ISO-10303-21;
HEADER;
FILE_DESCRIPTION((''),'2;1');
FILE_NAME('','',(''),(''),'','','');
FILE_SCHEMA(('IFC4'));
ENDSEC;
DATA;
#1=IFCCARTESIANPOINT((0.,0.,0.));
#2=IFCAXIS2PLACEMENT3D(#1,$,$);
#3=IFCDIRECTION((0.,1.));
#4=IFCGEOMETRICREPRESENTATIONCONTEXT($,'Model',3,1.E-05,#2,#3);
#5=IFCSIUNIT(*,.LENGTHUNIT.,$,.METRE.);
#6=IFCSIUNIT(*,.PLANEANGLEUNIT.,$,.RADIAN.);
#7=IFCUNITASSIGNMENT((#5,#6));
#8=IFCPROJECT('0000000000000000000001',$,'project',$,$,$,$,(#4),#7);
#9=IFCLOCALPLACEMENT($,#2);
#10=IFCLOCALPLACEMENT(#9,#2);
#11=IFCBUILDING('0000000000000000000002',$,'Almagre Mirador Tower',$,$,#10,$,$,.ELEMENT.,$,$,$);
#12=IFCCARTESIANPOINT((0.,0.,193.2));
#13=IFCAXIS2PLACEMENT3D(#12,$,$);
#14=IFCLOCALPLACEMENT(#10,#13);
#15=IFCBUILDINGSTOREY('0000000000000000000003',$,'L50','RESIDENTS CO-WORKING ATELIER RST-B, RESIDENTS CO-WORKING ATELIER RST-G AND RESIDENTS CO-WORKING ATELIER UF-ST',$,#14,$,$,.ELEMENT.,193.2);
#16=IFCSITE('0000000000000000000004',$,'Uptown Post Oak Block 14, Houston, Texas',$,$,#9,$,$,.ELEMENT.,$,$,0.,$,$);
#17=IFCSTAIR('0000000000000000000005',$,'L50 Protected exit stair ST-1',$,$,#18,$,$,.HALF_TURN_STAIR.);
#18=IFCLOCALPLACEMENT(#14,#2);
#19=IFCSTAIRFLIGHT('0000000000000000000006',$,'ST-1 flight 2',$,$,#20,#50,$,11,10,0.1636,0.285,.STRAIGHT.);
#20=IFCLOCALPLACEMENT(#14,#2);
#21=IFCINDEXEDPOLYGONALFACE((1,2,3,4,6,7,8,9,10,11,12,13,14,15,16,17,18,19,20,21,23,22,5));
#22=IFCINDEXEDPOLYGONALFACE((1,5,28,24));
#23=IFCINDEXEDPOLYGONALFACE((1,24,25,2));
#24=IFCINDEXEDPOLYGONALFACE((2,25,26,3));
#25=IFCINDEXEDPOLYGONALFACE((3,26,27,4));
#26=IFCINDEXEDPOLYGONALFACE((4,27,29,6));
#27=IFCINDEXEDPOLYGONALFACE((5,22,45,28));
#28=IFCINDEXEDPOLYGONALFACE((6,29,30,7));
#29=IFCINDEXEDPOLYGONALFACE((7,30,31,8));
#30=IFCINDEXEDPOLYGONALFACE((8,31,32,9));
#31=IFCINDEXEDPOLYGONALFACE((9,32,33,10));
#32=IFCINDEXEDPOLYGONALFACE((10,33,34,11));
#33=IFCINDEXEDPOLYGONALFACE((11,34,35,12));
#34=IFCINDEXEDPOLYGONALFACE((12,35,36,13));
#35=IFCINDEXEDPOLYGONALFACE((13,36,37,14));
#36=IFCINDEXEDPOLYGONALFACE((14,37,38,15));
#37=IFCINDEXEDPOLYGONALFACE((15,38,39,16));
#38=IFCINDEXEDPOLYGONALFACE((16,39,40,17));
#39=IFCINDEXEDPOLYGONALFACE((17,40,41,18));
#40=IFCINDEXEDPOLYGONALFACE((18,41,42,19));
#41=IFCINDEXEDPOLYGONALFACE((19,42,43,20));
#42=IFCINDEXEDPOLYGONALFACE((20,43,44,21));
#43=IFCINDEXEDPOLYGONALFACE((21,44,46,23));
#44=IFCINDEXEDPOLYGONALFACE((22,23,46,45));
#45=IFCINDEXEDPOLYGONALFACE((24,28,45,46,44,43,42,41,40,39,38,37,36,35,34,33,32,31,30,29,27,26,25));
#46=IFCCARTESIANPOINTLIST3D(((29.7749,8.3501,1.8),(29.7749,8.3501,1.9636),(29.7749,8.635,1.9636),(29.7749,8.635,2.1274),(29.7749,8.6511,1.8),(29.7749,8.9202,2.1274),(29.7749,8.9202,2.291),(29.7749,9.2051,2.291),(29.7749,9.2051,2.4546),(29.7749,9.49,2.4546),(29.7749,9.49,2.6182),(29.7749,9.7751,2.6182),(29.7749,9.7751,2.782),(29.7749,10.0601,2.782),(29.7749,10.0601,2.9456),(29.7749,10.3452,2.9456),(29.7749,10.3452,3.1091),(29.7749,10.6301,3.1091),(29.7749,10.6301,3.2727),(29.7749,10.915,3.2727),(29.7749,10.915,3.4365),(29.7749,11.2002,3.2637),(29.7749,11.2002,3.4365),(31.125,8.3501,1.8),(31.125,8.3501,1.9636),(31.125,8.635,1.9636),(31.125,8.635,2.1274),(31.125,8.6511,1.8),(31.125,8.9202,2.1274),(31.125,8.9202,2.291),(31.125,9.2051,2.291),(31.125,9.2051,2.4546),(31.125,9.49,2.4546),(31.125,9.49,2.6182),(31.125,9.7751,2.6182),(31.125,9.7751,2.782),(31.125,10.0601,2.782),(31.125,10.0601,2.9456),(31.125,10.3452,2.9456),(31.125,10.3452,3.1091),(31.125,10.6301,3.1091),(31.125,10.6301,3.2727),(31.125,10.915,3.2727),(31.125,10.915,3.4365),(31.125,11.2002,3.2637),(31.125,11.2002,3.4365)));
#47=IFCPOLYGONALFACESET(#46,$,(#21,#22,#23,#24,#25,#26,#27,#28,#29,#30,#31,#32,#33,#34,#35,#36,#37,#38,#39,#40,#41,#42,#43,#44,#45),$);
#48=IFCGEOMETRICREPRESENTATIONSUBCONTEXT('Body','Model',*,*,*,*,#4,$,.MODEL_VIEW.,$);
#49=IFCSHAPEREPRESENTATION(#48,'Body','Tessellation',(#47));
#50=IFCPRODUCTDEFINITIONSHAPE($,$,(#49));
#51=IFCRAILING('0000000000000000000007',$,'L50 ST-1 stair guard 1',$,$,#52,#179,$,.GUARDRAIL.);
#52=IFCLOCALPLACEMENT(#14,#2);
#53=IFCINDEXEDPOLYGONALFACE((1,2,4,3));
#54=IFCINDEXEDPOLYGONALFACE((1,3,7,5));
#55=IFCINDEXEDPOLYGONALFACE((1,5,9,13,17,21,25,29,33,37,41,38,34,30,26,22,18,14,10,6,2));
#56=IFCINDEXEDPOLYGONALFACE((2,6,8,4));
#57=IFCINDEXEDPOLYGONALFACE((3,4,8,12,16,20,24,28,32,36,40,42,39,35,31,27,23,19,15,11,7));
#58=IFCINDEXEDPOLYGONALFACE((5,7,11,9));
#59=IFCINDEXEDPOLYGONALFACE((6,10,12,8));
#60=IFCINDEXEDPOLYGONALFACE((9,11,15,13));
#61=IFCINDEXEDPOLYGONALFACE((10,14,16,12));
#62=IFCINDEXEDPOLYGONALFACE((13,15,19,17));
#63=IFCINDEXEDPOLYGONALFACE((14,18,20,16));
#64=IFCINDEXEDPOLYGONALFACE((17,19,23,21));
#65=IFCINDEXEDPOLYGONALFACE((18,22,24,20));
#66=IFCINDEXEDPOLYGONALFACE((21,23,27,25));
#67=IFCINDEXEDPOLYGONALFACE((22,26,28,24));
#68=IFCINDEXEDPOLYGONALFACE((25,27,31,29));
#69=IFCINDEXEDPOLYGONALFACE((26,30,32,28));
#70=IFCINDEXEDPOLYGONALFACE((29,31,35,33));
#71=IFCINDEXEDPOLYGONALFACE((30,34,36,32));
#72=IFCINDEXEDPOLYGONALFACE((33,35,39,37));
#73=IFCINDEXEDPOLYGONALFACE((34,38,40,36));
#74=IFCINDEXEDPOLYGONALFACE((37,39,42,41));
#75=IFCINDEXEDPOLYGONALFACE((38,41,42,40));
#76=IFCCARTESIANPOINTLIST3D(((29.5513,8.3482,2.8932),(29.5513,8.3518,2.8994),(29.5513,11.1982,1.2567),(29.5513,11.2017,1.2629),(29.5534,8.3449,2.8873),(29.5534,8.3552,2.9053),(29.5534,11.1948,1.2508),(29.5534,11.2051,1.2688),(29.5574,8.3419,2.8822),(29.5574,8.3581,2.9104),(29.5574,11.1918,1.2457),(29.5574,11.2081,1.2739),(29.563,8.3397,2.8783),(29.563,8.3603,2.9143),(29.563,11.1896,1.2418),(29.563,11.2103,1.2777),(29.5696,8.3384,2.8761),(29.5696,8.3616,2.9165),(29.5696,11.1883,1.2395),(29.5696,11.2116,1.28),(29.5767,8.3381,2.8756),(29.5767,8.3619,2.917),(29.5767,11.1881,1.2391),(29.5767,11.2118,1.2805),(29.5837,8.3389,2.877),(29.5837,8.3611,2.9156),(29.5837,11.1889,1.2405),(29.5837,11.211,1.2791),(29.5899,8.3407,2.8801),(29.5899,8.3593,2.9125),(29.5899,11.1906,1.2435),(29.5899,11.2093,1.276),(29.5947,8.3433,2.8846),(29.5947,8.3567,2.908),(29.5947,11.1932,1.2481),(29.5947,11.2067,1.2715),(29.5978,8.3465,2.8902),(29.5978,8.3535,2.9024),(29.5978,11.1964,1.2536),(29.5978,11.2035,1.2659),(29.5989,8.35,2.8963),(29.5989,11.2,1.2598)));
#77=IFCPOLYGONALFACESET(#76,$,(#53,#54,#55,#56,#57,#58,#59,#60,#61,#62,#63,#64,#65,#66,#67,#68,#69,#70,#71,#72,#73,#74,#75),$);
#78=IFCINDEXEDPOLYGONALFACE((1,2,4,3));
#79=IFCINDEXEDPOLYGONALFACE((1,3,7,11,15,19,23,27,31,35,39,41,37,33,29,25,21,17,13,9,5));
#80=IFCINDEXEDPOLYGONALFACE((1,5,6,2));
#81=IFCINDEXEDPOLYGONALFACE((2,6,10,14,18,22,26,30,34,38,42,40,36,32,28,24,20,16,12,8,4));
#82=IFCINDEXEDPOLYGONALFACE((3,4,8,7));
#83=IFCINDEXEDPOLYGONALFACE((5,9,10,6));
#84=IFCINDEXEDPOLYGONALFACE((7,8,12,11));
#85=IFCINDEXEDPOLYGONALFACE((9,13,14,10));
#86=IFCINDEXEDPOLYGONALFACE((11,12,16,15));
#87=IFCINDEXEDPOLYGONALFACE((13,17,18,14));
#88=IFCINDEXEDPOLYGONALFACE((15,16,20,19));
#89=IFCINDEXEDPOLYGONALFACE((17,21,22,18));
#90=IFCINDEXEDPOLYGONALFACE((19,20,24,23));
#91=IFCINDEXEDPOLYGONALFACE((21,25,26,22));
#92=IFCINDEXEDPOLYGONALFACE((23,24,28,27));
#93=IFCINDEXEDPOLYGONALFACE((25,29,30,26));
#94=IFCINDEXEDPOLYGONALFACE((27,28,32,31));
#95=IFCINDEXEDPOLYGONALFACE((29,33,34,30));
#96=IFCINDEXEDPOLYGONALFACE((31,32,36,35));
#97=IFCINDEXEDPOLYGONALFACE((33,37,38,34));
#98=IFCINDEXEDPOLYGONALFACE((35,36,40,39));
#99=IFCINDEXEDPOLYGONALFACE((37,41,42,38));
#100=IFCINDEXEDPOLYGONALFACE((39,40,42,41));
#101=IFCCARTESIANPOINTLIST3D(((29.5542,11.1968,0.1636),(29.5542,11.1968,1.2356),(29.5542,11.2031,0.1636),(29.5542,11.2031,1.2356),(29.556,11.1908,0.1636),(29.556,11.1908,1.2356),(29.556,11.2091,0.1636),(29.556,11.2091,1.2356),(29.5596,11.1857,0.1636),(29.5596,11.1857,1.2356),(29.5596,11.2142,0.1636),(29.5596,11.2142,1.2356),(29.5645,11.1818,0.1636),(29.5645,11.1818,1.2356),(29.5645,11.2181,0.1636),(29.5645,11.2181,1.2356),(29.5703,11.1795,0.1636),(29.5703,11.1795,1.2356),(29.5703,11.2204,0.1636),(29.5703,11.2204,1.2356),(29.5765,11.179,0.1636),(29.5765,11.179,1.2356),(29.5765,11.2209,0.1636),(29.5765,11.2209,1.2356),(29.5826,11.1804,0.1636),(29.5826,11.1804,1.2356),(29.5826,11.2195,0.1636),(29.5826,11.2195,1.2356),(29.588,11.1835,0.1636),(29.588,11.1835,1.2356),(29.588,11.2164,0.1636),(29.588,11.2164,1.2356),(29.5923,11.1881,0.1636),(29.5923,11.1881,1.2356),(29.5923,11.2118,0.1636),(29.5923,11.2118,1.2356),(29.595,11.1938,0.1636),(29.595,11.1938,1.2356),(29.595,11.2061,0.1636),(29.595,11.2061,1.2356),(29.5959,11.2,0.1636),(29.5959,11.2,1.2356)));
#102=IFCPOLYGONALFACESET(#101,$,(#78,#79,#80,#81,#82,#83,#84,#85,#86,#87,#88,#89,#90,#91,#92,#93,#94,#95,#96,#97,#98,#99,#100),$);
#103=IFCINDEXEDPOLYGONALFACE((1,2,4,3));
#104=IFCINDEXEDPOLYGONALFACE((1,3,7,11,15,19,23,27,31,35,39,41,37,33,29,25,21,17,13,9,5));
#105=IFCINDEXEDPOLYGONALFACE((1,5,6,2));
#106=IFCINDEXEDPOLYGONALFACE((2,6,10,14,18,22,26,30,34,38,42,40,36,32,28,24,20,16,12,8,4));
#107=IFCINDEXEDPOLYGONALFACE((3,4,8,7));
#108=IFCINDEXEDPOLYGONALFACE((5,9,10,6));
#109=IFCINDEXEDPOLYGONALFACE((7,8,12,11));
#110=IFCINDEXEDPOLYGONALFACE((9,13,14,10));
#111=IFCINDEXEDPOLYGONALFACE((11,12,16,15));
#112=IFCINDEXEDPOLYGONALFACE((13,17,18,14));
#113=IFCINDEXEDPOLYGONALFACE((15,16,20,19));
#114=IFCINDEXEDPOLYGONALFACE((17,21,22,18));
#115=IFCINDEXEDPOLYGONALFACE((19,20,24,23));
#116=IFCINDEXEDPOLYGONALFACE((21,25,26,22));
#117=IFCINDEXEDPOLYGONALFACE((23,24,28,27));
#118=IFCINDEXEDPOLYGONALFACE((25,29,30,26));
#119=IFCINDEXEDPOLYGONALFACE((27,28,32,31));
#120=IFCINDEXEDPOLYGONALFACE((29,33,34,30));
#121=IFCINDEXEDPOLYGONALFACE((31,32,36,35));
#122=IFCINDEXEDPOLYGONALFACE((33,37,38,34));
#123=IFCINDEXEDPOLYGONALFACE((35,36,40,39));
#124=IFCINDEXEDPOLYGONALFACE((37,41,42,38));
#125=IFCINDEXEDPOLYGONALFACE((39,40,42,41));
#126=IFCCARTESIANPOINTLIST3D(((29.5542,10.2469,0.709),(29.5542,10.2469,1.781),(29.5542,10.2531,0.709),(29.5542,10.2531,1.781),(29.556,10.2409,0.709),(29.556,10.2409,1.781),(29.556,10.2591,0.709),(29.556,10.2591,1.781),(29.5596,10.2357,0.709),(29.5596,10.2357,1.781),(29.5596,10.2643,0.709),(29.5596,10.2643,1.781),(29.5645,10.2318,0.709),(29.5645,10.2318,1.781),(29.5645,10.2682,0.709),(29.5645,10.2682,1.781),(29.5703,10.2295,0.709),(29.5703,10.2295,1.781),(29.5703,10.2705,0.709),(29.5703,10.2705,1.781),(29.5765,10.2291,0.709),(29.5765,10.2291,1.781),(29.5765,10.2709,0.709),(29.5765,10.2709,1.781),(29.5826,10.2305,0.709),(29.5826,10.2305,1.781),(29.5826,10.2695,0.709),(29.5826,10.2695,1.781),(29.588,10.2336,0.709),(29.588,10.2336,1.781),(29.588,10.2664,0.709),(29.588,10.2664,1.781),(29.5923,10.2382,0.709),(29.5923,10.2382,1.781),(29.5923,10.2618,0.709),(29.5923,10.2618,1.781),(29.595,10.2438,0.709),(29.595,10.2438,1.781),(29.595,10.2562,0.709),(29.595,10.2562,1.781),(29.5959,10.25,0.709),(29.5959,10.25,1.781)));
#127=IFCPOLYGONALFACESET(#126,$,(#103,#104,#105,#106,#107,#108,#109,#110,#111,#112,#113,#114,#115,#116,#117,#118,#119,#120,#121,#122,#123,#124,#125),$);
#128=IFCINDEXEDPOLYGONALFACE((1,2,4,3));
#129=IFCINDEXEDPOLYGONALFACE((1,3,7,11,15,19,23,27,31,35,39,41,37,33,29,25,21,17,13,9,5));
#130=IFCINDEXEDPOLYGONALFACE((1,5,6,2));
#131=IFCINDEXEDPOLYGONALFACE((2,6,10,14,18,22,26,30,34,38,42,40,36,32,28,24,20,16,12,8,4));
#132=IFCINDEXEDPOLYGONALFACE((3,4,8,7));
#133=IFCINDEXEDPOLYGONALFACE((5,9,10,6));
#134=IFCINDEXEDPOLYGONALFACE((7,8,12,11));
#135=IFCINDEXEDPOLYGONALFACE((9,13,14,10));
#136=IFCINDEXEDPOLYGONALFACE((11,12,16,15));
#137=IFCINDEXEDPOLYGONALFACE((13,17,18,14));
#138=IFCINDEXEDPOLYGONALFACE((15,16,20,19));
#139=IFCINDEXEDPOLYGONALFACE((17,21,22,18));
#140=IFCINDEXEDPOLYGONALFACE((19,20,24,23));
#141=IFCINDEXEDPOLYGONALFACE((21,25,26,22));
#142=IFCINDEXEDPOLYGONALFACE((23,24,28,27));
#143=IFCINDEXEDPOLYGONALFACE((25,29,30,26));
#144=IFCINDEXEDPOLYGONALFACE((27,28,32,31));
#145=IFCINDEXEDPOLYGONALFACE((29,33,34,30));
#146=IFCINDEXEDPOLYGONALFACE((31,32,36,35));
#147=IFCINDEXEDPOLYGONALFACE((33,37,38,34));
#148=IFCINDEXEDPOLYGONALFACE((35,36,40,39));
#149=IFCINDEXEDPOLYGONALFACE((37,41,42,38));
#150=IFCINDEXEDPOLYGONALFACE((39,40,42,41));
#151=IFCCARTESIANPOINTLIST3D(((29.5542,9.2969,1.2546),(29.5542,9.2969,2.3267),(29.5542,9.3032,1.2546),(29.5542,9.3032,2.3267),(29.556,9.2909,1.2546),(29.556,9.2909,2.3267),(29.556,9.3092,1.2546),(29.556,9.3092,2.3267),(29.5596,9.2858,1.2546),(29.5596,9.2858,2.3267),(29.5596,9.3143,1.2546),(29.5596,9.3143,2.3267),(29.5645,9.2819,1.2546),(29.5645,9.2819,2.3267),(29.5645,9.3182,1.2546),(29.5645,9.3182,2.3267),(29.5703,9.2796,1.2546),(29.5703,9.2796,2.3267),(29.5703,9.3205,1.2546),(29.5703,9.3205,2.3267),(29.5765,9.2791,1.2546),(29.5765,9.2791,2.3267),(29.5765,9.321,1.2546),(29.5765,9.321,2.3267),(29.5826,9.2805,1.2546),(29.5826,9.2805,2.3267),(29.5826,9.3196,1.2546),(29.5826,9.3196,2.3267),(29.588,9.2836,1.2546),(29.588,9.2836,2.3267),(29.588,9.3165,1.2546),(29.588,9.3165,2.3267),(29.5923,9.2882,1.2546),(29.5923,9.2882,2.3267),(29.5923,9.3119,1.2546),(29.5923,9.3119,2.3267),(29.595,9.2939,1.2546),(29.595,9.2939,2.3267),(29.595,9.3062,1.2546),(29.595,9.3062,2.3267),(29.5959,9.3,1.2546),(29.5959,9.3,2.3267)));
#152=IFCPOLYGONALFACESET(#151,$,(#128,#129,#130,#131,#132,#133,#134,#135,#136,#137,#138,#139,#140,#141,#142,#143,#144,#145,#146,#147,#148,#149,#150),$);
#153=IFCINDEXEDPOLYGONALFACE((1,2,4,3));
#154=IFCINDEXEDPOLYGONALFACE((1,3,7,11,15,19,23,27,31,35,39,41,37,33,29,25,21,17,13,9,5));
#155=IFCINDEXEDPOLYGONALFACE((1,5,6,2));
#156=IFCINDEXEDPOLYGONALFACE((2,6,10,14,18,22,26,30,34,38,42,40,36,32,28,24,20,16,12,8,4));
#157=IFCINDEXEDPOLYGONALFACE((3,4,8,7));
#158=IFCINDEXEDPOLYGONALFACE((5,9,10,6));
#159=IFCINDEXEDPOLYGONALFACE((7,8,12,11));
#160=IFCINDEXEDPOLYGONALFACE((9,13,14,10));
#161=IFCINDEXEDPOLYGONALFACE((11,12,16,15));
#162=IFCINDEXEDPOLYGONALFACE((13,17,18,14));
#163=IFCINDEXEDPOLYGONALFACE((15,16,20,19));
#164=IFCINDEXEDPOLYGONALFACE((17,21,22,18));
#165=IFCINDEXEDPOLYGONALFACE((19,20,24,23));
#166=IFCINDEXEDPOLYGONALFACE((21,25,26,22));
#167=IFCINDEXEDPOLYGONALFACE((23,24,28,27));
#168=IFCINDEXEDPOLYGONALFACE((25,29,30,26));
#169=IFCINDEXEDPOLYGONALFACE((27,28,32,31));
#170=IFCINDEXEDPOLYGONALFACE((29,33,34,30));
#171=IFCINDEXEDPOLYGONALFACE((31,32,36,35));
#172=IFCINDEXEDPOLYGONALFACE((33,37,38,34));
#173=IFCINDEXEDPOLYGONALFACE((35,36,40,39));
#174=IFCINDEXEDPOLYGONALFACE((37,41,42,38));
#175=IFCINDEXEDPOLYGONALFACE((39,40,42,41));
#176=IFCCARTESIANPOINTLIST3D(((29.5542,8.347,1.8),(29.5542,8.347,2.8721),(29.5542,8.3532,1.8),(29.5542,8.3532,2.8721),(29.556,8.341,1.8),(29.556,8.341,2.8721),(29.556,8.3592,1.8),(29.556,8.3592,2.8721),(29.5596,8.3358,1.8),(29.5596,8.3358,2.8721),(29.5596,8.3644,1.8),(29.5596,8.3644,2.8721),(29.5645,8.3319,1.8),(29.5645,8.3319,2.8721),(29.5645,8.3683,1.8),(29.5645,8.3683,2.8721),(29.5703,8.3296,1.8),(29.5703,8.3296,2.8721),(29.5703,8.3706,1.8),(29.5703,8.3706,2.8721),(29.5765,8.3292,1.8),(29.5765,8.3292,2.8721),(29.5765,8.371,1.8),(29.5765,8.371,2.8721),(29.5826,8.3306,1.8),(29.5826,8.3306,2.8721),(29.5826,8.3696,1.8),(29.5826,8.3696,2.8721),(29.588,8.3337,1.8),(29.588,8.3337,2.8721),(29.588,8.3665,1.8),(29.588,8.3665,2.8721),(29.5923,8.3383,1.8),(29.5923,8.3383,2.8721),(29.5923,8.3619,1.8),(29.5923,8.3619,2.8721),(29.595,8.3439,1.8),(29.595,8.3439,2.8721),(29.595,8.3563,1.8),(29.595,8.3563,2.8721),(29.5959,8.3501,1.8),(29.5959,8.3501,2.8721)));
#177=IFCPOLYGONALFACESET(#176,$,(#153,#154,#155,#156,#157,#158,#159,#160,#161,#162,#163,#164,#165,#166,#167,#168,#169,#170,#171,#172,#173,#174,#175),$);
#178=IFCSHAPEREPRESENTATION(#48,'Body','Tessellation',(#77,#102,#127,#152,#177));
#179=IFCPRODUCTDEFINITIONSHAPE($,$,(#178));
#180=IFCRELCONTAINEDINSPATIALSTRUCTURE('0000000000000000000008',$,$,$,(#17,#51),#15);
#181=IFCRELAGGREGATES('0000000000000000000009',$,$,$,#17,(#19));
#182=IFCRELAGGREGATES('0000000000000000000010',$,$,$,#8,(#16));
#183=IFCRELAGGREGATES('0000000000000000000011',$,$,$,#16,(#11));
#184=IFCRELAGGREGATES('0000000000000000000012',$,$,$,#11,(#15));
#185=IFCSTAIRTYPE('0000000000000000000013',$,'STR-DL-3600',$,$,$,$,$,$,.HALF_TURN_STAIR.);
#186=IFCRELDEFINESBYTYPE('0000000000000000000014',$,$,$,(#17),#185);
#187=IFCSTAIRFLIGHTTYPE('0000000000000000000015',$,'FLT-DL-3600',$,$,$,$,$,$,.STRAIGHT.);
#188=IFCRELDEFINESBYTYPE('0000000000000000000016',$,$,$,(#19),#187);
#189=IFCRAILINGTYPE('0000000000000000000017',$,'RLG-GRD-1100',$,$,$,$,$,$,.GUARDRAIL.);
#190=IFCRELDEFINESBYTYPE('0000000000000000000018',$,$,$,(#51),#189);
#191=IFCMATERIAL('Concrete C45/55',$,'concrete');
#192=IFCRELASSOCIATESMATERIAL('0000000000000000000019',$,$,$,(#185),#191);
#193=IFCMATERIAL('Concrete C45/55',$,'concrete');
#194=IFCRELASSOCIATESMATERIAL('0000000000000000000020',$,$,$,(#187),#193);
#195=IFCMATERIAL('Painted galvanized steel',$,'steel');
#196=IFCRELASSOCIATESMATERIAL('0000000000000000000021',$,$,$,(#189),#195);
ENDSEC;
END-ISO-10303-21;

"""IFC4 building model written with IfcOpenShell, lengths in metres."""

from ifc_helpers import new_model, si_unit, direction, frame, origin, origin_2d, place, context, subcontext, project, spatial, polyline, circle, outline, extrude, material, type_object, element, aggregate, save


model = new_model("IFC4")

# Units and contexts
model_context = context("Model", 3, precision=1e-05, world=origin(), true_north=direction((0.0, 1.0)))
body_context = subcontext(model_context, "Body", "Model", "MODEL_VIEW")
ifc_project = project(units=[si_unit("LENGTHUNIT", "METRE"), si_unit("PLANEANGLEUNIT", "RADIAN")], contexts=[model_context])

# Site, building, storey
site_placement = place(None, origin())
site = spatial("IfcSite", under=ifc_project, at=site_placement, Name="Uptown Post Oak Block 14, Houston, Texas", CompositionType="ELEMENT", RefElevation=0.0)
building_placement = place(site_placement, origin())
building = spatial("IfcBuilding", under=site, at=building_placement, Name="Almagre Mirador Tower", CompositionType="ELEMENT")
storey_placement = place(building_placement, frame((0.0, 0.0, 193.2)))
storey = spatial("IfcBuildingStorey", under=building, at=storey_placement, Name="L50", Description="RESIDENTS CO-WORKING ATELIER RST-B, RESIDENTS CO-WORKING ATELIER RST-G AND RESIDENTS CO-WORKING ATELIER UF-ST", CompositionType="ELEMENT", Elevation=193.2)

# Stair, stair flight
ifc_material_1 = material(Name="Concrete C45/55", Category="concrete")
stair_type = type_object("IfcStairType", Name="STR-DL-3600", PredefinedType="HALF_TURN_STAIR", material=ifc_material_1)
stair_placement = place(storey_placement, origin())
stair = element("IfcStair", 1, at=stair_placement, inside=storey, type_object=stair_type, Name="L50 Protected exit stair ST-1", PredefinedType="HALF_TURN_STAIR")
ifc_material_2 = material(Name="Concrete C45/55", Category="concrete")
stair_flight_type = type_object("IfcStairFlightType", Name="FLT-DL-3600", PredefinedType="STRAIGHT", material=ifc_material_2)
stair_flight_1_placement = place(storey_placement, frame((30.45, 8.3501, 1.8), z_axis=(0.0, 0.0, 1.0), x_axis=(0.0, 1.0, 0.0)))
stair_flight_1 = element("IfcStairFlight", 2, at=stair_flight_1_placement, type_object=stair_flight_type, Name="ST-1 flight 2", NumberOfRisers=11, NumberOfTreads=10, PredefinedType="STRAIGHT", RiserHeight=0.1636, TreadLength=0.285, context=body_context, shape_type="SweptSolid", body=[
    extrude(outline(polyline([(0.0, 0.0), (0.0, 0.1636), (0.2849, 0.1636), (0.2849, 0.3274), (0.5701, 0.3274), (0.5701, 0.491), (0.855, 0.491), (0.855, 0.6545), (1.1399, 0.6545), (1.1399, 0.8181), (1.425, 0.8181), (1.425, 0.9819), (1.71, 0.9819), (1.71, 1.1455), (1.9951, 1.1455), (1.9951, 1.3091), (2.28, 1.3091), (2.28, 1.4727), (2.5649, 1.4727), (2.5649, 1.6365), (2.8501, 1.6365), (2.8501, 1.8), (2.8501, 1.4636), (0.301, 0.0), (0.0, 0.0)])), frame((0.0, 0.675, 0.0), z_axis=(0.0, -1.0, 0.0), x_axis=(1.0, 0.0, 0.0)), (0.0, 0.0, 1.0), 1.3501),
])
aggregate(stair, [stair_flight_1])

# Railing
ifc_material_3 = material(Name="Painted galvanized steel", Category="steel")
railing_type_1 = type_object("IfcRailingType", Name="RLG-GRD-1100", PredefinedType="GUARDRAIL", material=ifc_material_3)
railing_1_placement = place(storey_placement, frame((29.575, 11.2, 0.1636)))
element("IfcRailing", 3, at=railing_1_placement, inside=storey, type_object=railing_type_1, Name="L50 ST-1 stair guard 1", PredefinedType="GUARDRAIL", context=body_context, shape_type="SweptSolid", body=[
    extrude(circle(Radius=0.0239, at=origin_2d()), frame((0.0, 0.0, 1.0962), z_axis=(0.0, -0.867194, 0.49797), x_axis=(1.0, 0.0, 0.0)), (0.0, 0.0, 1.0), 3.2864),
    extrude(circle(Radius=0.021, at=origin_2d()), origin(), (0.0, 0.0, 1.0), 1.072),
    extrude(circle(Radius=0.021, at=origin_2d()), frame((0.0, -0.95, 0.5454)), (0.0, 0.0, 1.0), 1.072),
    extrude(circle(Radius=0.021, at=origin_2d()), frame((0.0, -1.8999, 1.0911)), (0.0, 0.0, 1.0), 1.072),
    extrude(circle(Radius=0.021, at=origin_2d()), frame((0.0, -2.8499, 1.6365)), (0.0, 0.0, 1.0), 1.072),
])

save(model, "model.ifc")
